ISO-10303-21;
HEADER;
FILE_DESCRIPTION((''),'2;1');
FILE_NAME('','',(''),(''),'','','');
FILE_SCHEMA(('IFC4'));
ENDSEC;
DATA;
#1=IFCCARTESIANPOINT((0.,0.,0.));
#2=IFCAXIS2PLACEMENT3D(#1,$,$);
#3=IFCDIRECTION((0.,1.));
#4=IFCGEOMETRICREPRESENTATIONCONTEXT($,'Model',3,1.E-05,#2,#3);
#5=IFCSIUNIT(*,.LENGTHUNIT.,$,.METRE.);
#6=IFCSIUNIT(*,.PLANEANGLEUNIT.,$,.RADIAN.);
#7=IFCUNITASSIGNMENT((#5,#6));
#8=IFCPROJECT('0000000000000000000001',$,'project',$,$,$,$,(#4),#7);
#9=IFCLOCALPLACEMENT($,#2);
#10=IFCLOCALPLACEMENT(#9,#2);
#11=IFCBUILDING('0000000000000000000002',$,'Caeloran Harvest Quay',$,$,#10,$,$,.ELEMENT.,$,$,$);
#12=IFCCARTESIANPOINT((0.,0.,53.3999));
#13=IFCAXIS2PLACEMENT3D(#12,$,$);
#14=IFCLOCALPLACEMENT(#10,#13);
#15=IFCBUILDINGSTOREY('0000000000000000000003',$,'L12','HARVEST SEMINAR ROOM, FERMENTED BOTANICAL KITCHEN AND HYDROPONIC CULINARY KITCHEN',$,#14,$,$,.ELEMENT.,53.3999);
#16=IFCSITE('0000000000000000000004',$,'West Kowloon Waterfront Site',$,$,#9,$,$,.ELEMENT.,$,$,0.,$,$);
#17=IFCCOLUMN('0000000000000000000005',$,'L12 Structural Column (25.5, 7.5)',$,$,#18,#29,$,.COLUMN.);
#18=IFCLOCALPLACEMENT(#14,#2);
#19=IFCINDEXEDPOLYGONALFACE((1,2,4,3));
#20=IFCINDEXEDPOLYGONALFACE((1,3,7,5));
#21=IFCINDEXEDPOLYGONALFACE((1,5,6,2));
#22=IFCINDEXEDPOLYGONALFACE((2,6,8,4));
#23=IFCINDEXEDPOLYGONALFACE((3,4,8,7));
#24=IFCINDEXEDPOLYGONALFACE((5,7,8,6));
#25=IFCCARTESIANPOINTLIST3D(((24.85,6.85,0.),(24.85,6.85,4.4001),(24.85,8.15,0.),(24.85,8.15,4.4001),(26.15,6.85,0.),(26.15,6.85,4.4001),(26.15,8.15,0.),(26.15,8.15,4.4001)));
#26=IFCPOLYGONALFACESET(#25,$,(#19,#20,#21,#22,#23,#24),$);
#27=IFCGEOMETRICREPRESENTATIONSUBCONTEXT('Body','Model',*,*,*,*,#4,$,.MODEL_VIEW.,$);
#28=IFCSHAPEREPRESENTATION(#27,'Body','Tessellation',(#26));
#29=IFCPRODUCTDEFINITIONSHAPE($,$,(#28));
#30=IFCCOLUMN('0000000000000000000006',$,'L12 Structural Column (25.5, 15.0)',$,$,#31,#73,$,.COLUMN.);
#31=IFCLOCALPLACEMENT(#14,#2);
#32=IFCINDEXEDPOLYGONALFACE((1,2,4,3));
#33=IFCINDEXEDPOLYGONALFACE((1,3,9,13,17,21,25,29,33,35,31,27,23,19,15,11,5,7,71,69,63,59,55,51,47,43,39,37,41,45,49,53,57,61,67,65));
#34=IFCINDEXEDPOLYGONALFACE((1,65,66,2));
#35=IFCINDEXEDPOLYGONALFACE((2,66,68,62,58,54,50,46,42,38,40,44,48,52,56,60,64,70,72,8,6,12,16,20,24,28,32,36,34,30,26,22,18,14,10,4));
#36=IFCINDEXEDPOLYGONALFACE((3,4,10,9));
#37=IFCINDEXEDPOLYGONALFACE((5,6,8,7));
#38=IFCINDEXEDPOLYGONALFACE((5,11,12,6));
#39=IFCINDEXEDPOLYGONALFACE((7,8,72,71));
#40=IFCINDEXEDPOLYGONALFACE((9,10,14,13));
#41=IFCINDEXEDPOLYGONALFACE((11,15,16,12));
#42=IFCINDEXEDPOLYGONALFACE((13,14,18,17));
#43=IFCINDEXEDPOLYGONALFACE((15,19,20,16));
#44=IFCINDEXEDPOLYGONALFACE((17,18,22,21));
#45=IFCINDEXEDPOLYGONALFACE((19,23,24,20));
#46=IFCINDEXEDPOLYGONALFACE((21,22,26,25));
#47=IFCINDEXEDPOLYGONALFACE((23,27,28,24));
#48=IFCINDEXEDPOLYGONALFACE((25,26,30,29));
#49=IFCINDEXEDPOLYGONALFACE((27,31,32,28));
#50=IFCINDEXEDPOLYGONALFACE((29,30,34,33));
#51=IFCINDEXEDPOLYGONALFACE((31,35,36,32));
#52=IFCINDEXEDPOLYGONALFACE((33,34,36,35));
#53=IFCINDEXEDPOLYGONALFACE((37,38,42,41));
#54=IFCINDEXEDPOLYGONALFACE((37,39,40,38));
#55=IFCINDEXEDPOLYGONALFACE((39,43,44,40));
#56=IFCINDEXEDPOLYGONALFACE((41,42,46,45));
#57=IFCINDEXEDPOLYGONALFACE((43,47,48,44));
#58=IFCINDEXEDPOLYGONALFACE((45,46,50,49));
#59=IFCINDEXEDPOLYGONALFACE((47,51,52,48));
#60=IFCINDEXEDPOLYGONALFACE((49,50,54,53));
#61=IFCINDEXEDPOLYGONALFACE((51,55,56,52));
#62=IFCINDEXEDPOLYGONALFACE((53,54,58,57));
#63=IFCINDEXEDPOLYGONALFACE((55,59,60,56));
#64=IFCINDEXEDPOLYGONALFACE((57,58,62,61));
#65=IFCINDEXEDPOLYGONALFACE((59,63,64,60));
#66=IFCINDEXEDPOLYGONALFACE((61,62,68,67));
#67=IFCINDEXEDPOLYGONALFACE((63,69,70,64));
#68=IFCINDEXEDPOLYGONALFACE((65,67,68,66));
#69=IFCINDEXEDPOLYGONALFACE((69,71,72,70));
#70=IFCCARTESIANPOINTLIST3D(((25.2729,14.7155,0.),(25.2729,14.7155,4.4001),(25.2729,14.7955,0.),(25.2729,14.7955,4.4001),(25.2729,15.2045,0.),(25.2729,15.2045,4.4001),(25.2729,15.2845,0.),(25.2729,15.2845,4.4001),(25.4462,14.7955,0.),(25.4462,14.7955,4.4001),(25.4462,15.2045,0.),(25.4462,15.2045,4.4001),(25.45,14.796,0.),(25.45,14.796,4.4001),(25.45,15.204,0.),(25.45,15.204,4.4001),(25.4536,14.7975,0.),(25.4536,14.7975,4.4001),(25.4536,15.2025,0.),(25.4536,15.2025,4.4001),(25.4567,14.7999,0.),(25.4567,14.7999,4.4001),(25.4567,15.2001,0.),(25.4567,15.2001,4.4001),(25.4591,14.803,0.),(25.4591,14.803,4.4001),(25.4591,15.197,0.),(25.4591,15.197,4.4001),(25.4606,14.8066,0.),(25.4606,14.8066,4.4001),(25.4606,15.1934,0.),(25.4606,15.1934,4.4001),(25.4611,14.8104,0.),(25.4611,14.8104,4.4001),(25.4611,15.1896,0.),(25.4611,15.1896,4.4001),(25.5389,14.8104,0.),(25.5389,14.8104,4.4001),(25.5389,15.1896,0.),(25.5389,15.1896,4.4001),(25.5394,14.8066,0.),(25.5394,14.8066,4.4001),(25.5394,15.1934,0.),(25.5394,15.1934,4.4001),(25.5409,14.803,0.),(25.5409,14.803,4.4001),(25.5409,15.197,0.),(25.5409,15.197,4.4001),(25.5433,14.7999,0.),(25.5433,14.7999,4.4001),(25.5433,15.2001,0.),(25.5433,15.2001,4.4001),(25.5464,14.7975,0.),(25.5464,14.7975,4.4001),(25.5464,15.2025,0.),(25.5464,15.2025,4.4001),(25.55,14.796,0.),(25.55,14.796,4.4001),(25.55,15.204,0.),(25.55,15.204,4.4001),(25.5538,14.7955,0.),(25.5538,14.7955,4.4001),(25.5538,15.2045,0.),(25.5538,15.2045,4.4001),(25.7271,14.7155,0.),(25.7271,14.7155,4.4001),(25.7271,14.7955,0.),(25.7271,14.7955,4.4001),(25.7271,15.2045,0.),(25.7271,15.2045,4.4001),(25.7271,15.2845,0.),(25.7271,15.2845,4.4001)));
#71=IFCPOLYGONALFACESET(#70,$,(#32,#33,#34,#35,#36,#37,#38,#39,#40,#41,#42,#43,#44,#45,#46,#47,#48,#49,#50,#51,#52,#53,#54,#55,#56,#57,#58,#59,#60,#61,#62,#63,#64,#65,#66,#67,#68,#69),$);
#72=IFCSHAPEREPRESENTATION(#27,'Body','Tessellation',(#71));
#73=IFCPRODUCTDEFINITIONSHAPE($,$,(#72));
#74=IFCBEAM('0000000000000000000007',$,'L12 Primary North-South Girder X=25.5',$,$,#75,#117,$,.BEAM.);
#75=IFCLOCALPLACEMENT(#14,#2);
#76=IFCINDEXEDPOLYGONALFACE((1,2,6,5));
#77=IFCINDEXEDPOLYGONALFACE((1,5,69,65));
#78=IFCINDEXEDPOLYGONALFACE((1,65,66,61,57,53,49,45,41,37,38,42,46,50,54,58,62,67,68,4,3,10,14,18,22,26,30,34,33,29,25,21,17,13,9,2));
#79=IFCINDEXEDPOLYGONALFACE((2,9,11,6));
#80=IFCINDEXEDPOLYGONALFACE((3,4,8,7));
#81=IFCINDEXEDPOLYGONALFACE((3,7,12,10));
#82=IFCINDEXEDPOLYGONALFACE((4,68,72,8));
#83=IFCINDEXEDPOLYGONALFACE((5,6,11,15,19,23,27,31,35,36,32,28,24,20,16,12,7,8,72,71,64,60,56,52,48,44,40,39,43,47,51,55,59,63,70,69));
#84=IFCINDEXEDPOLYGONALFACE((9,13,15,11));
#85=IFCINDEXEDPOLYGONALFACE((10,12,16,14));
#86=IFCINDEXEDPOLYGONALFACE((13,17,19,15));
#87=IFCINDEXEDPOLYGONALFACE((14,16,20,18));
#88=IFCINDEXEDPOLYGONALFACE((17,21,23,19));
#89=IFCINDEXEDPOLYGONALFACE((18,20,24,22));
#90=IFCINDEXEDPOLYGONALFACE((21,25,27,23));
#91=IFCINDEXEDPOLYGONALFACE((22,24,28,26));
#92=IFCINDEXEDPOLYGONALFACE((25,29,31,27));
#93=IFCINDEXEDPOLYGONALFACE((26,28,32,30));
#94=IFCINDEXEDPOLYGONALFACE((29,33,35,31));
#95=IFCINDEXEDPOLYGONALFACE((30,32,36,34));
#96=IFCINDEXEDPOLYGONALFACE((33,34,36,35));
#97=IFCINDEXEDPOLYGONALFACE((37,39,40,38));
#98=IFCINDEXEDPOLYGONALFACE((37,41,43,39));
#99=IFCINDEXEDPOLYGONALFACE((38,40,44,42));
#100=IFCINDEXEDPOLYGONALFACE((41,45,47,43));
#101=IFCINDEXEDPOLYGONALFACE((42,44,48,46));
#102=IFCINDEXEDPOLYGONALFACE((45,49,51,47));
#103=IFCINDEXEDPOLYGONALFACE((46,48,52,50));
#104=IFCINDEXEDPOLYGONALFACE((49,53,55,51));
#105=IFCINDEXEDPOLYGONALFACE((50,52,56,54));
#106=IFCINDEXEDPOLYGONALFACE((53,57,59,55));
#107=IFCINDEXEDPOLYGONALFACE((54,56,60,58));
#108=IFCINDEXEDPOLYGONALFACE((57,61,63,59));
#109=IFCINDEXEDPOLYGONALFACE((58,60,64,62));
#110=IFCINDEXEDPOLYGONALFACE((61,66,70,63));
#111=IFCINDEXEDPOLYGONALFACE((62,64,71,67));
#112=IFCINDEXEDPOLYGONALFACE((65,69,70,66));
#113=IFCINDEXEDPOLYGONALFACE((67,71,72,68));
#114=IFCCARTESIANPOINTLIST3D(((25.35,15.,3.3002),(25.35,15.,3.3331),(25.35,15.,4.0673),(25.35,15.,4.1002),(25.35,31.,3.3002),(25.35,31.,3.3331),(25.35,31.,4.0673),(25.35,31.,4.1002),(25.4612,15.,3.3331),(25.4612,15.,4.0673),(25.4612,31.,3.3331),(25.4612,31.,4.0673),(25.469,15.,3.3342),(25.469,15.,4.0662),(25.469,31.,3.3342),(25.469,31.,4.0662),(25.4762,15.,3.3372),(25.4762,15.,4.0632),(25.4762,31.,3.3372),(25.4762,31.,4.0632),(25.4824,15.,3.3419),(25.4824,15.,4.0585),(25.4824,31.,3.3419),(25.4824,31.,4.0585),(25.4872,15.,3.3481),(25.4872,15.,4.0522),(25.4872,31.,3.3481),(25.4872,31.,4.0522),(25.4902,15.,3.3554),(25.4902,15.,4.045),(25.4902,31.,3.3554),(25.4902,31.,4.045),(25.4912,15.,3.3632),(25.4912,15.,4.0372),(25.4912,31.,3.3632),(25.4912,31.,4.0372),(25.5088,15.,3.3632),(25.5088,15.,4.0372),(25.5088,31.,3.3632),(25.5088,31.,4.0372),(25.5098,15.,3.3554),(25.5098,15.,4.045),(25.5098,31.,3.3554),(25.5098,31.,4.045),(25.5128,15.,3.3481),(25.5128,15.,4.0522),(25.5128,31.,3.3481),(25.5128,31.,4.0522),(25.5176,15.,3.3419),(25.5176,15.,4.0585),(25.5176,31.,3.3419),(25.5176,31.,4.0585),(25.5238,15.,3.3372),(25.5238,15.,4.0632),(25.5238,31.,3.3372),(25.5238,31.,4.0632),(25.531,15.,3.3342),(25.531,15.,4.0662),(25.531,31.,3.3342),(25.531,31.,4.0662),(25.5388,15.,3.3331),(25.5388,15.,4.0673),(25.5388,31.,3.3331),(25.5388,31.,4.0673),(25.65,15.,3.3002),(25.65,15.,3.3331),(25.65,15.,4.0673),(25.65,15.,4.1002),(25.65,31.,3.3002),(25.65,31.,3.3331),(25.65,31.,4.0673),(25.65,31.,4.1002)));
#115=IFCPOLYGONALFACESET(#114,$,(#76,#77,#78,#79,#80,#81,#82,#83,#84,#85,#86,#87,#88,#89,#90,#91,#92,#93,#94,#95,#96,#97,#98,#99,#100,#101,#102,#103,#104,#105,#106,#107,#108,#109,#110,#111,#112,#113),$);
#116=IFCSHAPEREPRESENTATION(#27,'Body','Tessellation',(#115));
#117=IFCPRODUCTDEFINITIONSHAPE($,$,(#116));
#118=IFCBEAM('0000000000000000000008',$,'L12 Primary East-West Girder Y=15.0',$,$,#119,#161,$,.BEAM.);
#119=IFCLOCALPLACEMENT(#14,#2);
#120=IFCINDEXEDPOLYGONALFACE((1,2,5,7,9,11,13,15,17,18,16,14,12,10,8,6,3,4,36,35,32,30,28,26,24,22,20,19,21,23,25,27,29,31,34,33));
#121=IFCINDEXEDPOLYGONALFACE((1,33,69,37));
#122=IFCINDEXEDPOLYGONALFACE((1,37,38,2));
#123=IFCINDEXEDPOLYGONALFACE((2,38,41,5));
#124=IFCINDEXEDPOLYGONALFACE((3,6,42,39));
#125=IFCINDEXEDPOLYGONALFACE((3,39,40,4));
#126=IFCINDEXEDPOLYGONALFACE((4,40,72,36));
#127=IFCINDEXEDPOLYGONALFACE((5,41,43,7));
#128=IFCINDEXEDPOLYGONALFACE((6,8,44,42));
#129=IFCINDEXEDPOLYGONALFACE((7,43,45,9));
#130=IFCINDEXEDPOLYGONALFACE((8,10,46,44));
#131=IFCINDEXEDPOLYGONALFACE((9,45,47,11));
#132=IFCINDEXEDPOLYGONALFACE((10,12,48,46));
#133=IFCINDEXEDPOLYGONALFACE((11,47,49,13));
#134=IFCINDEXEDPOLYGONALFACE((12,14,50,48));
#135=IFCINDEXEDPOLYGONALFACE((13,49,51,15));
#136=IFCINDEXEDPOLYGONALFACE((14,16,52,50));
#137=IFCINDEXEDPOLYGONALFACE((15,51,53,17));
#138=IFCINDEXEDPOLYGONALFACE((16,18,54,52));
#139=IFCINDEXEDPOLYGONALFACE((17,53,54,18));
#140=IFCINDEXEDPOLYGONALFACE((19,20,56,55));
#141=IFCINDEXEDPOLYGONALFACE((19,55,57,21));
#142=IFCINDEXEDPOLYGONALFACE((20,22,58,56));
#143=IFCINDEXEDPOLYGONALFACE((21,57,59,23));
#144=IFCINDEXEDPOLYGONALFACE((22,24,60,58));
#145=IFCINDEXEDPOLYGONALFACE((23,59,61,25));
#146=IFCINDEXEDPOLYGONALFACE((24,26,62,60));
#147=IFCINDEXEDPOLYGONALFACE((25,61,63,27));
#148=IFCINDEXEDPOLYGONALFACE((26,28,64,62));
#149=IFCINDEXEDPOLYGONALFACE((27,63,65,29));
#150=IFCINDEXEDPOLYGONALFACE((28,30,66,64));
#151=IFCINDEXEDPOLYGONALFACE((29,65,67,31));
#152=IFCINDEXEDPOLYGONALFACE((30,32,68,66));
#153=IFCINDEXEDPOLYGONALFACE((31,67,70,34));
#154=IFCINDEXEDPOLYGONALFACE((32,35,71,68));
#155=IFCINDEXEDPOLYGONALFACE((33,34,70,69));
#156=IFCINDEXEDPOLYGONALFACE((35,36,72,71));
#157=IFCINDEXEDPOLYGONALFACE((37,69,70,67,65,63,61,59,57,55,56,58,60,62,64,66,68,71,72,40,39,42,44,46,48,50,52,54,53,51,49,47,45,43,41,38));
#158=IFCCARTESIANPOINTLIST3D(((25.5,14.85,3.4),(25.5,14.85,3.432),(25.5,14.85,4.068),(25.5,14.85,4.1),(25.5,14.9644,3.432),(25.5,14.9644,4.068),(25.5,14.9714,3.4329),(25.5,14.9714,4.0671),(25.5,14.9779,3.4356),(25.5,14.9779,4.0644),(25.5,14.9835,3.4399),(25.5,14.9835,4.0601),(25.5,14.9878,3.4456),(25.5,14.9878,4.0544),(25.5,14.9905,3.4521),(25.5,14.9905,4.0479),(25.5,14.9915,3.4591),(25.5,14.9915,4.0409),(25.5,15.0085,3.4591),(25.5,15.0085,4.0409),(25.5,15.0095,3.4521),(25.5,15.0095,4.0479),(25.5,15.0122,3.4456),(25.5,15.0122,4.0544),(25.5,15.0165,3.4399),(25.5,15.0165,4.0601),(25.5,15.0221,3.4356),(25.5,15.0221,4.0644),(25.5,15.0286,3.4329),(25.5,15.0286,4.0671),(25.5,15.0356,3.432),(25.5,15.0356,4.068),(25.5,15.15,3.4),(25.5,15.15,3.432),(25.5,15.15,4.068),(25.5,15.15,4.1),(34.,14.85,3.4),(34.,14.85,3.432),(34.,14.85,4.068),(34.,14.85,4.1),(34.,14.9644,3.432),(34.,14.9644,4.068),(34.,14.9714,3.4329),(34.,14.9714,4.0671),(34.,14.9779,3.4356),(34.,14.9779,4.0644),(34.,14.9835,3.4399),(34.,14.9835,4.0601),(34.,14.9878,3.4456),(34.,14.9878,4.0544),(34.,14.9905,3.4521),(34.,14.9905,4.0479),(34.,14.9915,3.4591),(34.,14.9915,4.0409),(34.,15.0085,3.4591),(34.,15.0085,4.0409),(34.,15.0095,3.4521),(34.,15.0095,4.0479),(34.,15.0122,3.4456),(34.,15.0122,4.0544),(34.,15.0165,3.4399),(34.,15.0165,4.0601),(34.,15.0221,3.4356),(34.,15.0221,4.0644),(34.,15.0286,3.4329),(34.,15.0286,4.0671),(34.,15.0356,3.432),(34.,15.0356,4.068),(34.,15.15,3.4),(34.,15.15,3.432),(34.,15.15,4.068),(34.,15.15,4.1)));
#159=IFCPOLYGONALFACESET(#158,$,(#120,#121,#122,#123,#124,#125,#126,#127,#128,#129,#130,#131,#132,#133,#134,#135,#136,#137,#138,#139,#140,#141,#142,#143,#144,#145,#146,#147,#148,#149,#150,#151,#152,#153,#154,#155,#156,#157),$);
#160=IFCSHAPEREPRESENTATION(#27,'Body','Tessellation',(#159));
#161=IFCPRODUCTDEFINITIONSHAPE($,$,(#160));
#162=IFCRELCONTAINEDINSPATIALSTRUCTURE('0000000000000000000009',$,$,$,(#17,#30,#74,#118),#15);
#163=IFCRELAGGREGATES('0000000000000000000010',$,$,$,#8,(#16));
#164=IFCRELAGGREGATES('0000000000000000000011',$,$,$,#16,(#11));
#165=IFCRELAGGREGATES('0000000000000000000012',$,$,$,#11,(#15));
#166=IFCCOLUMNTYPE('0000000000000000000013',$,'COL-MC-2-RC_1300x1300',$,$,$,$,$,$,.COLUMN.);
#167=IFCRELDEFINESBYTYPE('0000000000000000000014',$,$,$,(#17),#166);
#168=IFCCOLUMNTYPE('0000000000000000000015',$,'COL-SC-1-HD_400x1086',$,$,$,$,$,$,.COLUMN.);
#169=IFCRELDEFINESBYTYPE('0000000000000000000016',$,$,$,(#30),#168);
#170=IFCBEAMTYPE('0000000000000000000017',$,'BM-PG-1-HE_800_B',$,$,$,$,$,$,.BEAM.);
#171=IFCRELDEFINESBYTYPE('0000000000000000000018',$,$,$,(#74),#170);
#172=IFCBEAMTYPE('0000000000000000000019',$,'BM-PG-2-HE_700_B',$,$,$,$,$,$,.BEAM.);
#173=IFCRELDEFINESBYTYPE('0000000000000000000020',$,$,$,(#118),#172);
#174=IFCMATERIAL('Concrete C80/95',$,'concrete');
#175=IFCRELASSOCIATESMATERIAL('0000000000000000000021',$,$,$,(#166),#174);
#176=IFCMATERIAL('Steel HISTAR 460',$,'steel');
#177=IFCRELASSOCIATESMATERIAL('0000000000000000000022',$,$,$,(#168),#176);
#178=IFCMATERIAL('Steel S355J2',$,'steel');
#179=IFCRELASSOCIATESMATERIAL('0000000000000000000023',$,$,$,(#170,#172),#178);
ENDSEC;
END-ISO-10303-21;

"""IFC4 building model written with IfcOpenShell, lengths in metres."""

from ifc_helpers import new_model, si_unit, direction, frame, origin, origin_2d, place, context, subcontext, project, spatial, rectangle, i_section, extrude, material, material_profile, profile_set, type_object, element, save


model = new_model("IFC4")

# Units and contexts
model_context = context("Model", 3, precision=1e-05, world=origin(), true_north=direction((0.0, 1.0)))
body_context = subcontext(model_context, "Body", "Model", "MODEL_VIEW")
ifc_project = project(units=[si_unit("LENGTHUNIT", "METRE"), si_unit("PLANEANGLEUNIT", "RADIAN")], contexts=[model_context])

# Site, building, storey
site_placement = place(None, origin())
site = spatial("IfcSite", under=ifc_project, at=site_placement, Name="West Kowloon Waterfront Site", CompositionType="ELEMENT", RefElevation=0.0)
building_placement = place(site_placement, origin())
building = spatial("IfcBuilding", under=site, at=building_placement, Name="Caeloran Harvest Quay", CompositionType="ELEMENT")
storey_placement = place(building_placement, frame((0.0, 0.0, 53.3999)))
storey = spatial("IfcBuildingStorey", under=building, at=storey_placement, Name="L12", Description="HARVEST SEMINAR ROOM, FERMENTED BOTANICAL KITCHEN AND HYDROPONIC CULINARY KITCHEN", CompositionType="ELEMENT", Elevation=53.3999)

# Columns
ifc_material_1 = material(Name="Concrete C80/95", Category="concrete")
ifc_material_profile_1 = material_profile(ifc_material_1, rectangle(XDim=1.3, YDim=1.3, at=origin_2d()), Name="RC 1300x1300")
ifc_profile_set_1 = profile_set([ifc_material_profile_1], Name="Concrete C80/95")
column_type_1 = type_object("IfcColumnType", Name="COL-MC-2-RC_1300x1300", PredefinedType="COLUMN", material=ifc_profile_set_1)
column_1_placement = place(storey_placement, frame((25.5, 7.5, 0.0), z_axis=(0.0, 0.0, 1.0), x_axis=(1.0, 0.0, 0.0)))
element("IfcColumn", 1, at=column_1_placement, inside=storey, type_object=column_type_1, Name="L12 Structural Column (25.5, 7.5)", PredefinedType="COLUMN", context=body_context, shape_type="SweptSolid", body=[
    extrude(rectangle(XDim=1.3, YDim=1.3, at=origin_2d()), origin(), (0.0, 0.0, 1.0), 4.4001),
])
ifc_material_2 = material(Name="Steel HISTAR 460", Category="steel")
ifc_material_profile_2 = material_profile(ifc_material_2, i_section(OverallWidth=0.4541, OverallDepth=0.5691, WebThickness=0.0779, FlangeThickness=0.0801, FilletRadius=0.0149, at=origin_2d()), Name="HD 400x1086")
ifc_profile_set_2 = profile_set([ifc_material_profile_2], Name="Steel HISTAR 460")
column_type_2 = type_object("IfcColumnType", Name="COL-SC-1-HD_400x1086", PredefinedType="COLUMN", material=ifc_profile_set_2)
column_2_placement = place(storey_placement, frame((25.5, 15.0, 0.0), z_axis=(0.0, 0.0, 1.0), x_axis=(1.0, 0.0, 0.0)))
element("IfcColumn", 2, at=column_2_placement, inside=storey, type_object=column_type_2, Name="L12 Structural Column (25.5, 15.0)", PredefinedType="COLUMN", context=body_context, shape_type="SweptSolid", body=[
    extrude(i_section(OverallWidth=0.4541, OverallDepth=0.5691, WebThickness=0.0779, FlangeThickness=0.0801, FilletRadius=0.0149, at=origin_2d()), origin(), (0.0, 0.0, 1.0), 4.4001),
])

# Beams
ifc_material_3 = material(Name="Steel S355J2", Category="steel")
ifc_material_profile_3 = material_profile(ifc_material_3, i_section(OverallWidth=0.3, OverallDepth=0.8, WebThickness=0.0176, FlangeThickness=0.033, FilletRadius=0.03, at=origin_2d()), Name="HE 800 B")
ifc_profile_set_3 = profile_set([ifc_material_profile_3], Name="Steel S355J2")
beam_type_1 = type_object("IfcBeamType", Name="BM-PG-1-HE_800_B", PredefinedType="BEAM", material=ifc_profile_set_3)
beam_1_placement = place(storey_placement, frame((25.5, 15.0, 3.7002), z_axis=(0.0, 1.0, 0.0), x_axis=(-1.0, 0.0, 0.0)))
element("IfcBeam", 3, at=beam_1_placement, inside=storey, type_object=beam_type_1, Name="L12 Primary North-South Girder X=25.5", PredefinedType="BEAM", context=body_context, shape_type="SweptSolid", body=[
    extrude(i_section(OverallWidth=0.3, OverallDepth=0.8, WebThickness=0.0176, FlangeThickness=0.033, FilletRadius=0.03, at=origin_2d()), origin(), (0.0, 0.0, 1.0), 16.0),
])
ifc_material_profile_4 = material_profile(ifc_material_3, i_section(OverallWidth=0.3, OverallDepth=0.7, WebThickness=0.0171, FlangeThickness=0.032, FilletRadius=0.0271, at=origin_2d()), Name="HE 700 B")
ifc_profile_set_4 = profile_set([ifc_material_profile_4], Name="Steel S355J2")
beam_type_2 = type_object("IfcBeamType", Name="BM-PG-2-HE_700_B", PredefinedType="BEAM", material=ifc_profile_set_4)
beam_2_placement = place(storey_placement, frame((25.5, 15.0, 3.75), z_axis=(1.0, 0.0, 0.0), x_axis=(0.0, 1.0, 0.0)))
element("IfcBeam", 4, at=beam_2_placement, inside=storey, type_object=beam_type_2, Name="L12 Primary East-West Girder Y=15.0", PredefinedType="BEAM", context=body_context, shape_type="SweptSolid", body=[
    extrude(i_section(OverallWidth=0.3, OverallDepth=0.7, WebThickness=0.0171, FlangeThickness=0.032, FilletRadius=0.0271, at=origin_2d()), origin(), (0.0, 0.0, 1.0), 8.5),
])

save(model, "model.ifc")
